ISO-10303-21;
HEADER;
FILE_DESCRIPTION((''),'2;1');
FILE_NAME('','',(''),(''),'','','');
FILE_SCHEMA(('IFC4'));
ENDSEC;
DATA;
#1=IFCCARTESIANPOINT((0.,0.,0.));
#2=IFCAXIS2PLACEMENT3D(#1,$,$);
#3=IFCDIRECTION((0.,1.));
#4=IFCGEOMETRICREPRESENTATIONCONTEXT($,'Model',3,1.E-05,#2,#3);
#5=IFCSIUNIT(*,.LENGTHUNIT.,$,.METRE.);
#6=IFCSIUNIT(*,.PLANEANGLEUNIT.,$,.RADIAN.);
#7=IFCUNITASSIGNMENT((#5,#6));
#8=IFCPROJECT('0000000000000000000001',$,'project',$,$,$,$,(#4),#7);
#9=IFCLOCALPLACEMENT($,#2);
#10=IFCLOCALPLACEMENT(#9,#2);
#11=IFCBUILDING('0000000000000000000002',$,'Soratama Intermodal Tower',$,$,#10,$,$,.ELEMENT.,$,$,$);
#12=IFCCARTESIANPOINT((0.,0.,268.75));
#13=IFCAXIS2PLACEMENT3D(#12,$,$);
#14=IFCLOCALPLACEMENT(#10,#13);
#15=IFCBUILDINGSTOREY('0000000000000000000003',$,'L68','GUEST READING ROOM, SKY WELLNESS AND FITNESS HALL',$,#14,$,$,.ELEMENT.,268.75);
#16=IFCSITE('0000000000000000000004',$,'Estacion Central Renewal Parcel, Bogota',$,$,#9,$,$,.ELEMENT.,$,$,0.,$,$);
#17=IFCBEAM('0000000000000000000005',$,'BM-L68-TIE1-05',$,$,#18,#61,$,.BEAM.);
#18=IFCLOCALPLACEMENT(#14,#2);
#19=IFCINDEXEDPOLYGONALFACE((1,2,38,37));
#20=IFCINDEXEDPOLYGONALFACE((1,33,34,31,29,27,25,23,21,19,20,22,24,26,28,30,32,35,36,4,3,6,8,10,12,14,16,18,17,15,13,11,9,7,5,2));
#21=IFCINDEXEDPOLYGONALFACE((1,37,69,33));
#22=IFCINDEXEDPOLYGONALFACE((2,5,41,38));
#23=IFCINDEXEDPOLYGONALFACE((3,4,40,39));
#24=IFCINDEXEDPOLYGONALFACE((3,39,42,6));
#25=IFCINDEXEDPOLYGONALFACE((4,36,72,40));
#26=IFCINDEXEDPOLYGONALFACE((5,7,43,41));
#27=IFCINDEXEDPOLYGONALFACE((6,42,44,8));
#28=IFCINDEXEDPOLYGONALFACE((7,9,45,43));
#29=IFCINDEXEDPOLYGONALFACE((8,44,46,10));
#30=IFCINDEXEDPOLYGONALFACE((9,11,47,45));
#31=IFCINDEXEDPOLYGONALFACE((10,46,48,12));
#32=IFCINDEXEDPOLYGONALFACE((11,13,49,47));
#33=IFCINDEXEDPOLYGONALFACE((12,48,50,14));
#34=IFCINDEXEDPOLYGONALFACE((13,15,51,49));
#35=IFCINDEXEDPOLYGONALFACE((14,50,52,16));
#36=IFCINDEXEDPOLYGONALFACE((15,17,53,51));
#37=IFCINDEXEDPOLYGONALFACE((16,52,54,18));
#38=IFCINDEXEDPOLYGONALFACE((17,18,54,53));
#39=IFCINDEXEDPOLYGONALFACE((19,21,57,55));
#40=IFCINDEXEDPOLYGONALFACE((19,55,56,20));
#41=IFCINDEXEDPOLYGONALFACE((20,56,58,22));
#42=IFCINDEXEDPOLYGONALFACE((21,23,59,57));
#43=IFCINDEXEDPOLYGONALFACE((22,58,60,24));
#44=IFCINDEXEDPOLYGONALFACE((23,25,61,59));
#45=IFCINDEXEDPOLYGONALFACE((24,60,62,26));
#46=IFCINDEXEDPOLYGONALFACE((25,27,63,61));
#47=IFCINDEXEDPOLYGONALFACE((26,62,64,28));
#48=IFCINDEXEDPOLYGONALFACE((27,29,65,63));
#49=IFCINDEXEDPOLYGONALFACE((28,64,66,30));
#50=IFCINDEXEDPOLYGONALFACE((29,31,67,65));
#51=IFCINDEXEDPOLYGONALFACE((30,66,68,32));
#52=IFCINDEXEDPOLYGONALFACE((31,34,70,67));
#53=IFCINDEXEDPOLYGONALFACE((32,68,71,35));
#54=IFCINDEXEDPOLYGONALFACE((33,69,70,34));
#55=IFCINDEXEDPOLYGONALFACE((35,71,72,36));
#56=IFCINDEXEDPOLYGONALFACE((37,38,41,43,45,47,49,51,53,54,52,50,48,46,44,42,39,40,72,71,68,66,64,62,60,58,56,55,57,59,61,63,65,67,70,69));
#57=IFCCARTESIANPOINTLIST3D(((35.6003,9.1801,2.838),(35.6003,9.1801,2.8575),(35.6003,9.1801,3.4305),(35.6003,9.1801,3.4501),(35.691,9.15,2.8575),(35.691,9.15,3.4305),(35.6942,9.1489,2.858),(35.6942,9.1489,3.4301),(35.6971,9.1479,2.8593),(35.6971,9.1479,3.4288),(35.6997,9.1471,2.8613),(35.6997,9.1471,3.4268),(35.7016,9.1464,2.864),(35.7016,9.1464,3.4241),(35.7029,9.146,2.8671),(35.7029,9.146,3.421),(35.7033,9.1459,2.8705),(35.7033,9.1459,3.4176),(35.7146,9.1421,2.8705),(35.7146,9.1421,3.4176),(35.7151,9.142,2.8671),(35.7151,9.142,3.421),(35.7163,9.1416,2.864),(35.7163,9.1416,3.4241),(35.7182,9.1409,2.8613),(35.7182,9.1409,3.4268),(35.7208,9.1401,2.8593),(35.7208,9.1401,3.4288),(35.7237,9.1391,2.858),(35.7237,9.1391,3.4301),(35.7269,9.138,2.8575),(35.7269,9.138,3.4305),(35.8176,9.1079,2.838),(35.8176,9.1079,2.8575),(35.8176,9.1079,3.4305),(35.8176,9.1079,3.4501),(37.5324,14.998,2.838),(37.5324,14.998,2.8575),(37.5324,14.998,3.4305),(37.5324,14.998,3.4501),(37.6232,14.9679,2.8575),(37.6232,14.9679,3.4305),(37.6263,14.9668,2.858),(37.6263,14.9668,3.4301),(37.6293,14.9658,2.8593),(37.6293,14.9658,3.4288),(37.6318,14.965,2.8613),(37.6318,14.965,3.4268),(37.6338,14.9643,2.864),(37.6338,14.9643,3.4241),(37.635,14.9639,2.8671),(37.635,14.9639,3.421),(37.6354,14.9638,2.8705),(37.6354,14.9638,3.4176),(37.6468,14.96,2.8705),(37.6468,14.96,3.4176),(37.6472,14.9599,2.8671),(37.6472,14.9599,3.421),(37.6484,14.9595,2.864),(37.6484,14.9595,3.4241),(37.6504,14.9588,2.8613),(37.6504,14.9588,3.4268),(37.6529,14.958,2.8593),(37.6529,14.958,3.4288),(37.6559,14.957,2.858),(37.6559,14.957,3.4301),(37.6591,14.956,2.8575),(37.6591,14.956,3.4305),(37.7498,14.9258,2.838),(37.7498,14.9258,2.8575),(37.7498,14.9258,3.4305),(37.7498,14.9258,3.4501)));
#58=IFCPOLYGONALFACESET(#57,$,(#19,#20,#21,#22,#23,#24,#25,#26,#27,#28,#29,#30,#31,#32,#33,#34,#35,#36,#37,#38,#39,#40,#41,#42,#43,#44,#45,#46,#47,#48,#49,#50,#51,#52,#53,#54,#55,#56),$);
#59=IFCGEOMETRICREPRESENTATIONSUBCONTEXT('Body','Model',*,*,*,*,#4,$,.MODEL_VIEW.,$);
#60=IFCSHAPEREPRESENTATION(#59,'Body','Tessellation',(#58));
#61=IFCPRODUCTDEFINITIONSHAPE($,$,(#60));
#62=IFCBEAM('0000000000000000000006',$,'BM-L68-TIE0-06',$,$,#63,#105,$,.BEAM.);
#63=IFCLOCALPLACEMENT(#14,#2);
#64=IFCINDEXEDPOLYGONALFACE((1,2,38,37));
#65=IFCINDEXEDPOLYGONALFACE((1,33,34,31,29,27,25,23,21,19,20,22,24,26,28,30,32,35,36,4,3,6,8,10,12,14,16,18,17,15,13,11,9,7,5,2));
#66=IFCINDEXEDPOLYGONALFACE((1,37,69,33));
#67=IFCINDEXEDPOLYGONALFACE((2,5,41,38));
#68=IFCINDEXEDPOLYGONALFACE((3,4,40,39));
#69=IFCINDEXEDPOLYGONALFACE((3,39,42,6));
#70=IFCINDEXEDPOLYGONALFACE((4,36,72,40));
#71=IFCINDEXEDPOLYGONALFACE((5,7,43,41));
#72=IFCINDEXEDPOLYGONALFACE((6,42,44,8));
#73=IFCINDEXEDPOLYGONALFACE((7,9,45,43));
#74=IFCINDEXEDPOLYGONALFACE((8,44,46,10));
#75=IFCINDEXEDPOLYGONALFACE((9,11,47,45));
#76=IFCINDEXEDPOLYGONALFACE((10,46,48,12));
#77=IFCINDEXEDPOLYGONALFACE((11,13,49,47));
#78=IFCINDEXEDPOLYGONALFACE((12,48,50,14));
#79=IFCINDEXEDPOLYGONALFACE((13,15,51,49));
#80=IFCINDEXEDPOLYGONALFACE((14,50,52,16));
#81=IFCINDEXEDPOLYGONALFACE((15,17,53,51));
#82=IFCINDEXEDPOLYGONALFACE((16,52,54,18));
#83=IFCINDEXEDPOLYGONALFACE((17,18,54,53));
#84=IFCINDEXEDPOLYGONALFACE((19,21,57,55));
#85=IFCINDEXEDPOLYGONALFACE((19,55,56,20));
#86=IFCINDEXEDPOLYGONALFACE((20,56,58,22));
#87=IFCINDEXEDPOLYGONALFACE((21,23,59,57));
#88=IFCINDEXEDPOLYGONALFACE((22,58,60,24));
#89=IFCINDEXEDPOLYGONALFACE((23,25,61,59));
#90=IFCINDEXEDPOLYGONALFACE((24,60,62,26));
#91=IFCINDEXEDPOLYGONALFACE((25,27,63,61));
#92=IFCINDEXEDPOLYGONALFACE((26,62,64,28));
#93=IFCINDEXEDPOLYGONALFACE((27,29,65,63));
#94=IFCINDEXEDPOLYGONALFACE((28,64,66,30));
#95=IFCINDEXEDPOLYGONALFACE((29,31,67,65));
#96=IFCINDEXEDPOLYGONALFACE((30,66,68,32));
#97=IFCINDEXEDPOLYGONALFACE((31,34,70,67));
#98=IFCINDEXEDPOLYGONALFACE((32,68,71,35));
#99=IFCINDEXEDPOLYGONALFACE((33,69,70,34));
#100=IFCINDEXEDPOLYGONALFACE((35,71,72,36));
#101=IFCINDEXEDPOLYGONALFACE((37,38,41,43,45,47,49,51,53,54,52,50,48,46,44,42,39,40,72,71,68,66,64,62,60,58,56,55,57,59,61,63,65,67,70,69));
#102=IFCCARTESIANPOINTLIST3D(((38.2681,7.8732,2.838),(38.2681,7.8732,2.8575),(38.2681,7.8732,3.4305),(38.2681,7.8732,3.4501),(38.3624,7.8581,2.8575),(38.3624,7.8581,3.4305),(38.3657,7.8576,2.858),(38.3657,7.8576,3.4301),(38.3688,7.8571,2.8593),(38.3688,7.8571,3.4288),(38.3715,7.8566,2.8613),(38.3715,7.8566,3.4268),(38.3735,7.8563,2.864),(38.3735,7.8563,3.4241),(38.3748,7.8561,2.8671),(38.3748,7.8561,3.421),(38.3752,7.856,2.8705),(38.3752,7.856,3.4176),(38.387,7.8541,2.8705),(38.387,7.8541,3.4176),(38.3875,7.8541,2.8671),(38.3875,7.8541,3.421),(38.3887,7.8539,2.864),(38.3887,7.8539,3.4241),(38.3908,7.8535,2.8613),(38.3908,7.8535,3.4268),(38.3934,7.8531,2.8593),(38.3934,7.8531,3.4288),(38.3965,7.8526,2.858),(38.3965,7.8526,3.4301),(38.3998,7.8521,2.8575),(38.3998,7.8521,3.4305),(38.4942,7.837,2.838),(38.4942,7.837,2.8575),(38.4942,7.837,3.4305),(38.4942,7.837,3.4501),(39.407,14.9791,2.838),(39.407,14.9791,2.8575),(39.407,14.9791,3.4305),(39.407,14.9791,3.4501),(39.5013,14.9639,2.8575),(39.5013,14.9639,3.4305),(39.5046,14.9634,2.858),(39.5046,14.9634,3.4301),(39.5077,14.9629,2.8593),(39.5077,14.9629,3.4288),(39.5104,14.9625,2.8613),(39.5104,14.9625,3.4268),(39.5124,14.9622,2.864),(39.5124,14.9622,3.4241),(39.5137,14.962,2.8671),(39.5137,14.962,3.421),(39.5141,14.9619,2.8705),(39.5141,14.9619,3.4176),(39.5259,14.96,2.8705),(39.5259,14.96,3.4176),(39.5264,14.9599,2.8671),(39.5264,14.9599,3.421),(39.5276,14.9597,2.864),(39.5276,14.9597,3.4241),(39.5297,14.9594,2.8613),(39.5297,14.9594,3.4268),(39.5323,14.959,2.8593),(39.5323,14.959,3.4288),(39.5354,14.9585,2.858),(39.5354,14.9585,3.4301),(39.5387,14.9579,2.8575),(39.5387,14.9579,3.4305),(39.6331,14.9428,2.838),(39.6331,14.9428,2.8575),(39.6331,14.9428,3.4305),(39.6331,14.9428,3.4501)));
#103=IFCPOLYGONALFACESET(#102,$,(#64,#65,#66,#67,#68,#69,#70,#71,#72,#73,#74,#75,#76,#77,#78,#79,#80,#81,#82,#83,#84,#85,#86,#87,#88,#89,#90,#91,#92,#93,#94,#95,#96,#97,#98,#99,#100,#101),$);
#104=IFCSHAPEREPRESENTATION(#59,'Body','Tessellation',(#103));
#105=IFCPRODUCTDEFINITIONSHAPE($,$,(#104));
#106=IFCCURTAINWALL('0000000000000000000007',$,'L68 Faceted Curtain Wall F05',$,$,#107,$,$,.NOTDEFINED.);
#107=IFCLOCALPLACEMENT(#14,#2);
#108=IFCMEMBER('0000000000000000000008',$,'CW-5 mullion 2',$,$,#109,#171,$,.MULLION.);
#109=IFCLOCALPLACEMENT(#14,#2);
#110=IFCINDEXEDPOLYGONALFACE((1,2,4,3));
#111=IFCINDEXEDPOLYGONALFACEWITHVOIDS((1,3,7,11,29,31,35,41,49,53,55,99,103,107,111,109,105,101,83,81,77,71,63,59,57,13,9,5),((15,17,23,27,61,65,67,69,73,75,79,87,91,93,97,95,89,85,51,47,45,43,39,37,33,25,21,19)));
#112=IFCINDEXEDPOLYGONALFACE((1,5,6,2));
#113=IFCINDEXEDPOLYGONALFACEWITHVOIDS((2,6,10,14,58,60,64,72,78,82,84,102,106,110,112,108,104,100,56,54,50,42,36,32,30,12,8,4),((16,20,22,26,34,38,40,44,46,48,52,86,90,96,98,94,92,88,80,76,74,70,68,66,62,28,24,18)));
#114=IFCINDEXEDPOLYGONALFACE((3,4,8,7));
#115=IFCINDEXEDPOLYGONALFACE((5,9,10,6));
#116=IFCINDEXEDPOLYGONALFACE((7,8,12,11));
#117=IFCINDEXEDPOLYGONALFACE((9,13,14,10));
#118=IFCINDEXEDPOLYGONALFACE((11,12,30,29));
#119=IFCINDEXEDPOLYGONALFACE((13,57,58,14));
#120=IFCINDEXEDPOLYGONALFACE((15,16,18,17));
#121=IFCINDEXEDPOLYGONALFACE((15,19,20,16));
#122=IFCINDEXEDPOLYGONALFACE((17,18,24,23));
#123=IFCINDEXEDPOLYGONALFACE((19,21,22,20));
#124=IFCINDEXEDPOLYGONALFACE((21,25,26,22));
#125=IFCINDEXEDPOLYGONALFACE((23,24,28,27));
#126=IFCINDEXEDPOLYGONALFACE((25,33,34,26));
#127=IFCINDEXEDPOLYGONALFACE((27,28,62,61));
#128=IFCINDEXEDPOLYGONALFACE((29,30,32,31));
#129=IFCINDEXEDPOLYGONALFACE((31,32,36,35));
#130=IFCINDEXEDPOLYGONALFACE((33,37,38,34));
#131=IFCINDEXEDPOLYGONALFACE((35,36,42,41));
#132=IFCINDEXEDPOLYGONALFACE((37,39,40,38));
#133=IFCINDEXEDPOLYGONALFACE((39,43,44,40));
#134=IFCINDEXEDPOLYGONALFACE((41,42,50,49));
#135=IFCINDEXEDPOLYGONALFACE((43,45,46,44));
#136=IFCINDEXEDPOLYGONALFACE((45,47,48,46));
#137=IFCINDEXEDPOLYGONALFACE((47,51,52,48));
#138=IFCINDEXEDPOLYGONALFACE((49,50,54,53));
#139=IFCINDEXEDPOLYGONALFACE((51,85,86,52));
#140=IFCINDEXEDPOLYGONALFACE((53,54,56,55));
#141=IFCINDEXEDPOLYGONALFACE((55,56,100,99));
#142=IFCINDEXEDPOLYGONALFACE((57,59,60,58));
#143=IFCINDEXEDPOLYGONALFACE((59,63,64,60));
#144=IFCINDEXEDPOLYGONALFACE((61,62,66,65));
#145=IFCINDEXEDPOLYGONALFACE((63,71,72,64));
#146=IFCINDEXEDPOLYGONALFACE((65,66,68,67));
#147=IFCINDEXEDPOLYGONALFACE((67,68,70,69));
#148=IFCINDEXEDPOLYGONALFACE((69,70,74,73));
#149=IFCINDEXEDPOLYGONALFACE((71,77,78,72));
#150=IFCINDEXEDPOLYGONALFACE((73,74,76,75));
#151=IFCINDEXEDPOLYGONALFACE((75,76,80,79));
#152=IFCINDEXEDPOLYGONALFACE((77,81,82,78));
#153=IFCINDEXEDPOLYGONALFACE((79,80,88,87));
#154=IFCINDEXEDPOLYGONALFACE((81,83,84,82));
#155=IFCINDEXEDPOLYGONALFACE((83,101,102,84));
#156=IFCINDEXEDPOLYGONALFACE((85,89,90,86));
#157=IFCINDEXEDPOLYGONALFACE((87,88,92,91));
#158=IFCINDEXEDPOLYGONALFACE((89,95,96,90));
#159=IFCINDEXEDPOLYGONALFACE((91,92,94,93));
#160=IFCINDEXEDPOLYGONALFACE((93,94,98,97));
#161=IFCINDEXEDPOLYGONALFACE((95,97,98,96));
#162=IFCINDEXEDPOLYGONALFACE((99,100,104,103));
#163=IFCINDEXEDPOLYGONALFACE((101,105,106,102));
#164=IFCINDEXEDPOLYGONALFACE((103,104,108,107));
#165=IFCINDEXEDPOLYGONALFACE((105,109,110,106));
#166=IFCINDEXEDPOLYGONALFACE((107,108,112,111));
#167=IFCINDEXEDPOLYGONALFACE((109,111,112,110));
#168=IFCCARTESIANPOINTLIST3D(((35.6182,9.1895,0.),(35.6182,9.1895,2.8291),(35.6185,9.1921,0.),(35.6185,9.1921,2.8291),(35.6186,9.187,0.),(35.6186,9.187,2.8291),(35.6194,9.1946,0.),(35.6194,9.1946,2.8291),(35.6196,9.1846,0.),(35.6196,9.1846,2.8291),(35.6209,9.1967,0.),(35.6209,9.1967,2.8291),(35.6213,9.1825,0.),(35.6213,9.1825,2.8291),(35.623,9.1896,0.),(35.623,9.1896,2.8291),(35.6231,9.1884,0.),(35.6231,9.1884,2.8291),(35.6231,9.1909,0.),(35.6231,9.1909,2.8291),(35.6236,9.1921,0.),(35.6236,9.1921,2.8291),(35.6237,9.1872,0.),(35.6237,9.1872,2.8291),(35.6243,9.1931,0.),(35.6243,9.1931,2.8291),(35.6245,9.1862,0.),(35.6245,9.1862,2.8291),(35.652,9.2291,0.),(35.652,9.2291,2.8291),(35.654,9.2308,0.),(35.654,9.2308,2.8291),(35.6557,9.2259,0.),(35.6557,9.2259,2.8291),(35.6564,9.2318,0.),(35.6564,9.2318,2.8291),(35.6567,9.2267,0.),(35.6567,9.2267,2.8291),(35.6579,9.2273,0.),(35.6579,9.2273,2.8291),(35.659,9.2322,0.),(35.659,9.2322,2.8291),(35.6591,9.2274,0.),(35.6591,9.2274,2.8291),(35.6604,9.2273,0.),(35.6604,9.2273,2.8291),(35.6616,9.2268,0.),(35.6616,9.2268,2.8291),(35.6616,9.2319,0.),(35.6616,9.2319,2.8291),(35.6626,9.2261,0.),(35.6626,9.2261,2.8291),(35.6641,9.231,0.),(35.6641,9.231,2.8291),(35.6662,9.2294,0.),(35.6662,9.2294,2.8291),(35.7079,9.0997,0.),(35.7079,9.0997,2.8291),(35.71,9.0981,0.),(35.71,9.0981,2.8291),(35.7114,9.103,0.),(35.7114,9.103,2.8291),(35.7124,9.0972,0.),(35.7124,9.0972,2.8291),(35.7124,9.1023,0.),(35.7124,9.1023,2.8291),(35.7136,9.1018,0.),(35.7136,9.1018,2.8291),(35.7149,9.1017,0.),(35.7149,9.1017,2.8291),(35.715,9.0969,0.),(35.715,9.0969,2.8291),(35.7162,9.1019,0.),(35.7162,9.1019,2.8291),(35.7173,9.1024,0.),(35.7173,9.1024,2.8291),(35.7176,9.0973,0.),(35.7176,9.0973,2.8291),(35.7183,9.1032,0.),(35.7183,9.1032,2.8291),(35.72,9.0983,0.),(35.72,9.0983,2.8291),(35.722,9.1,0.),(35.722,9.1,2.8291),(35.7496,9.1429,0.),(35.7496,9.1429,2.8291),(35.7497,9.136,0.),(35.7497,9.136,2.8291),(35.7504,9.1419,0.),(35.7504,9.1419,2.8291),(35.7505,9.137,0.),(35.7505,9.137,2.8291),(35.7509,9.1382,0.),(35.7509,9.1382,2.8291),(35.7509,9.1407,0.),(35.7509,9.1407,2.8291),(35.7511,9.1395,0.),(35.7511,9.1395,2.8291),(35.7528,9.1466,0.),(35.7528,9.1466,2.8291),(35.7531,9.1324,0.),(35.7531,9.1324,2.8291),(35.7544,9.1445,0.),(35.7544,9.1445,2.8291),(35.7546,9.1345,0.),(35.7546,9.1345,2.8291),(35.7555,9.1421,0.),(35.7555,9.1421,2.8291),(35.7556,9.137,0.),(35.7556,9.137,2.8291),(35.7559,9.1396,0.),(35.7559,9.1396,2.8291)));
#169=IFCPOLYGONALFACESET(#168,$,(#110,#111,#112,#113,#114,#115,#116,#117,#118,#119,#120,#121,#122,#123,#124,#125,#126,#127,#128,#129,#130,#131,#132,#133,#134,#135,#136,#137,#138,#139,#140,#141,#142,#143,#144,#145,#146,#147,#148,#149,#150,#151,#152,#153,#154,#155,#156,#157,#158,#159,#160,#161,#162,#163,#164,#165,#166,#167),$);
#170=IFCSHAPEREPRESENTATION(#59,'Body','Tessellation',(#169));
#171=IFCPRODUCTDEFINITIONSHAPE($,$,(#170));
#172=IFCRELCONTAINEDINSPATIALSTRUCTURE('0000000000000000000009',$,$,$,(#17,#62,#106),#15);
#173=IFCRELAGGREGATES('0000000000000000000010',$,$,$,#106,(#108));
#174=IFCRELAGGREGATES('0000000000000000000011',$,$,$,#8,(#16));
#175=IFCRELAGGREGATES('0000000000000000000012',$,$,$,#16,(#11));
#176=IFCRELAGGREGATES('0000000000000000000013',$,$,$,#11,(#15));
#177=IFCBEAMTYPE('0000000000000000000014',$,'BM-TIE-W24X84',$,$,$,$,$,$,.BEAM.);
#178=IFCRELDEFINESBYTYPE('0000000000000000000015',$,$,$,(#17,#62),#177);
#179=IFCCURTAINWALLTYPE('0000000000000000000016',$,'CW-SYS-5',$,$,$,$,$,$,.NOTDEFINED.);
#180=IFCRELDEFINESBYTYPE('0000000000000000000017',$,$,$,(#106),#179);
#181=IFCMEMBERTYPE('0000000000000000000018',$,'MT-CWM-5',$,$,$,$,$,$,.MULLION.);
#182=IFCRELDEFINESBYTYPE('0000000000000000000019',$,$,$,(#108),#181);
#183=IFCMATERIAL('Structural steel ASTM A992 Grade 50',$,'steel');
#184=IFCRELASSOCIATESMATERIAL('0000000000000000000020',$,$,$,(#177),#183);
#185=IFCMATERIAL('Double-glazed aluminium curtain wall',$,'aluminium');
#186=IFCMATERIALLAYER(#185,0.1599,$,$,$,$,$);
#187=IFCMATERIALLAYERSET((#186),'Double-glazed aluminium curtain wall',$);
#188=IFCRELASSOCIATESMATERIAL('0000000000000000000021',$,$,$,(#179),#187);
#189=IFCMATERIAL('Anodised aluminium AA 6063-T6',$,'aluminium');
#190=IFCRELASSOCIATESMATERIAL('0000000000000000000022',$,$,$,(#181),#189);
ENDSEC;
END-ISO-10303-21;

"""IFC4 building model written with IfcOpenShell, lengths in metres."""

from ifc_helpers import new_model, si_unit, direction, frame, origin, origin_2d, place, context, subcontext, project, spatial, hollow_rectangle, i_section, extrude, material, layer, layer_set, material_profile, profile_set, type_object, element, aggregate, save


model = new_model("IFC4")

# Units and contexts
model_context = context("Model", 3, precision=1e-05, world=origin(), true_north=direction((0.0, 1.0)))
body_context = subcontext(model_context, "Body", "Model", "MODEL_VIEW")
ifc_project = project(units=[si_unit("LENGTHUNIT", "METRE"), si_unit("PLANEANGLEUNIT", "RADIAN")], contexts=[model_context])

# Site, building, storey
site_placement = place(None, origin())
site = spatial("IfcSite", under=ifc_project, at=site_placement, Name="Estacion Central Renewal Parcel, Bogota", CompositionType="ELEMENT", RefElevation=0.0)
building_placement = place(site_placement, origin())
building = spatial("IfcBuilding", under=site, at=building_placement, Name="Soratama Intermodal Tower", CompositionType="ELEMENT")
storey_placement = place(building_placement, frame((0.0, 0.0, 268.75)))
storey = spatial("IfcBuildingStorey", under=building, at=storey_placement, Name="L68", Description="GUEST READING ROOM, SKY WELLNESS AND FITNESS HALL", CompositionType="ELEMENT", Elevation=268.75)

# Beams
ifc_material_1 = material(Name="Structural steel ASTM A992 Grade 50", Category="steel")
ifc_material_profile_1 = material_profile(ifc_material_1, i_section(OverallWidth=0.229, OverallDepth=0.6121, WebThickness=0.012, FlangeThickness=0.0195, FilletRadius=0.0129, at=origin_2d()), Name="W24X84")
ifc_profile_set_1 = profile_set([ifc_material_profile_1], Name="Structural steel ASTM A992 Grade 50")
beam_type_1 = type_object("IfcBeamType", Name="BM-TIE-W24X84", PredefinedType="BEAM", material=ifc_profile_set_1)
beam_1_placement = place(storey_placement, frame((37.6411, 14.9619, 3.144), z_axis=(-0.315176, -0.949033, 0.0), x_axis=(0.949033, -0.315176, 0.0)))
element("IfcBeam", 1, at=beam_1_placement, inside=storey, type_object=beam_type_1, Name="BM-L68-TIE1-05", PredefinedType="BEAM", context=body_context, shape_type="SweptSolid", body=[
    extrude(i_section(OverallWidth=0.229, OverallDepth=0.6121, WebThickness=0.012, FlangeThickness=0.0195, FilletRadius=0.0129, at=origin_2d()), origin(), (0.0, 0.0, 1.0), 6.1304),
])
beam_2_placement = place(storey_placement, frame((39.52, 14.9609, 3.144), z_axis=(-0.158256, -0.987398, 0.0), x_axis=(0.987398, -0.158256, 0.0)))
element("IfcBeam", 2, at=beam_2_placement, inside=storey, type_object=beam_type_1, Name="BM-L68-TIE0-06", PredefinedType="BEAM", context=body_context, shape_type="SweptSolid", body=[
    extrude(i_section(OverallWidth=0.229, OverallDepth=0.6121, WebThickness=0.012, FlangeThickness=0.0195, FilletRadius=0.0129, at=origin_2d()), origin(), (0.0, 0.0, 1.0), 7.1965),
])

# Curtain wall, member
ifc_material_2 = material(Name="Double-glazed aluminium curtain wall", Category="aluminium")
ifc_layer_1 = layer(ifc_material_2, 0.1599)
ifc_layer_set_1 = layer_set([ifc_layer_1], Name="Double-glazed aluminium curtain wall")
curtain_wall_type = type_object("IfcCurtainWallType", Name="CW-SYS-5", PredefinedType="NOTDEFINED", material=ifc_layer_set_1)
curtain_wall_placement = place(storey_placement, origin())
curtain_wall = element("IfcCurtainWall", 3, at=curtain_wall_placement, inside=storey, type_object=curtain_wall_type, Name="L68 Faceted Curtain Wall F05", PredefinedType="NOTDEFINED")
ifc_material_3 = material(Name="Anodised aluminium AA 6063-T6", Category="aluminium")
ifc_material_profile_2 = material_profile(ifc_material_3, hollow_rectangle(XDim=0.0649, YDim=0.1399, WallThickness=0.0049, InnerFilletRadius=0.0049, OuterFilletRadius=0.01, at=origin_2d()), Name="CWM140X65X5")
ifc_profile_set_2 = profile_set([ifc_material_profile_2], Name="Anodised aluminium AA 6063-T6")
member_type = type_object("IfcMemberType", Name="MT-CWM-5", PredefinedType="MULLION", material=ifc_profile_set_2)
member_placement = place(storey_placement, frame((35.687, 9.1646, 0.0), z_axis=(0.0, 0.0, 1.0), x_axis=(0.691389, 0.722483, 0.0)))
member = element("IfcMember", 4, at=member_placement, type_object=member_type, Name="CW-5 mullion 2", PredefinedType="MULLION", context=body_context, shape_type="SweptSolid", body=[
    extrude(hollow_rectangle(XDim=0.0649, YDim=0.1399, WallThickness=0.0049, InnerFilletRadius=0.0049, OuterFilletRadius=0.01, at=origin_2d()), origin(), (0.0, 0.0, 1.0), 2.8291),
])
aggregate(curtain_wall, [member])

save(model, "model.ifc")
